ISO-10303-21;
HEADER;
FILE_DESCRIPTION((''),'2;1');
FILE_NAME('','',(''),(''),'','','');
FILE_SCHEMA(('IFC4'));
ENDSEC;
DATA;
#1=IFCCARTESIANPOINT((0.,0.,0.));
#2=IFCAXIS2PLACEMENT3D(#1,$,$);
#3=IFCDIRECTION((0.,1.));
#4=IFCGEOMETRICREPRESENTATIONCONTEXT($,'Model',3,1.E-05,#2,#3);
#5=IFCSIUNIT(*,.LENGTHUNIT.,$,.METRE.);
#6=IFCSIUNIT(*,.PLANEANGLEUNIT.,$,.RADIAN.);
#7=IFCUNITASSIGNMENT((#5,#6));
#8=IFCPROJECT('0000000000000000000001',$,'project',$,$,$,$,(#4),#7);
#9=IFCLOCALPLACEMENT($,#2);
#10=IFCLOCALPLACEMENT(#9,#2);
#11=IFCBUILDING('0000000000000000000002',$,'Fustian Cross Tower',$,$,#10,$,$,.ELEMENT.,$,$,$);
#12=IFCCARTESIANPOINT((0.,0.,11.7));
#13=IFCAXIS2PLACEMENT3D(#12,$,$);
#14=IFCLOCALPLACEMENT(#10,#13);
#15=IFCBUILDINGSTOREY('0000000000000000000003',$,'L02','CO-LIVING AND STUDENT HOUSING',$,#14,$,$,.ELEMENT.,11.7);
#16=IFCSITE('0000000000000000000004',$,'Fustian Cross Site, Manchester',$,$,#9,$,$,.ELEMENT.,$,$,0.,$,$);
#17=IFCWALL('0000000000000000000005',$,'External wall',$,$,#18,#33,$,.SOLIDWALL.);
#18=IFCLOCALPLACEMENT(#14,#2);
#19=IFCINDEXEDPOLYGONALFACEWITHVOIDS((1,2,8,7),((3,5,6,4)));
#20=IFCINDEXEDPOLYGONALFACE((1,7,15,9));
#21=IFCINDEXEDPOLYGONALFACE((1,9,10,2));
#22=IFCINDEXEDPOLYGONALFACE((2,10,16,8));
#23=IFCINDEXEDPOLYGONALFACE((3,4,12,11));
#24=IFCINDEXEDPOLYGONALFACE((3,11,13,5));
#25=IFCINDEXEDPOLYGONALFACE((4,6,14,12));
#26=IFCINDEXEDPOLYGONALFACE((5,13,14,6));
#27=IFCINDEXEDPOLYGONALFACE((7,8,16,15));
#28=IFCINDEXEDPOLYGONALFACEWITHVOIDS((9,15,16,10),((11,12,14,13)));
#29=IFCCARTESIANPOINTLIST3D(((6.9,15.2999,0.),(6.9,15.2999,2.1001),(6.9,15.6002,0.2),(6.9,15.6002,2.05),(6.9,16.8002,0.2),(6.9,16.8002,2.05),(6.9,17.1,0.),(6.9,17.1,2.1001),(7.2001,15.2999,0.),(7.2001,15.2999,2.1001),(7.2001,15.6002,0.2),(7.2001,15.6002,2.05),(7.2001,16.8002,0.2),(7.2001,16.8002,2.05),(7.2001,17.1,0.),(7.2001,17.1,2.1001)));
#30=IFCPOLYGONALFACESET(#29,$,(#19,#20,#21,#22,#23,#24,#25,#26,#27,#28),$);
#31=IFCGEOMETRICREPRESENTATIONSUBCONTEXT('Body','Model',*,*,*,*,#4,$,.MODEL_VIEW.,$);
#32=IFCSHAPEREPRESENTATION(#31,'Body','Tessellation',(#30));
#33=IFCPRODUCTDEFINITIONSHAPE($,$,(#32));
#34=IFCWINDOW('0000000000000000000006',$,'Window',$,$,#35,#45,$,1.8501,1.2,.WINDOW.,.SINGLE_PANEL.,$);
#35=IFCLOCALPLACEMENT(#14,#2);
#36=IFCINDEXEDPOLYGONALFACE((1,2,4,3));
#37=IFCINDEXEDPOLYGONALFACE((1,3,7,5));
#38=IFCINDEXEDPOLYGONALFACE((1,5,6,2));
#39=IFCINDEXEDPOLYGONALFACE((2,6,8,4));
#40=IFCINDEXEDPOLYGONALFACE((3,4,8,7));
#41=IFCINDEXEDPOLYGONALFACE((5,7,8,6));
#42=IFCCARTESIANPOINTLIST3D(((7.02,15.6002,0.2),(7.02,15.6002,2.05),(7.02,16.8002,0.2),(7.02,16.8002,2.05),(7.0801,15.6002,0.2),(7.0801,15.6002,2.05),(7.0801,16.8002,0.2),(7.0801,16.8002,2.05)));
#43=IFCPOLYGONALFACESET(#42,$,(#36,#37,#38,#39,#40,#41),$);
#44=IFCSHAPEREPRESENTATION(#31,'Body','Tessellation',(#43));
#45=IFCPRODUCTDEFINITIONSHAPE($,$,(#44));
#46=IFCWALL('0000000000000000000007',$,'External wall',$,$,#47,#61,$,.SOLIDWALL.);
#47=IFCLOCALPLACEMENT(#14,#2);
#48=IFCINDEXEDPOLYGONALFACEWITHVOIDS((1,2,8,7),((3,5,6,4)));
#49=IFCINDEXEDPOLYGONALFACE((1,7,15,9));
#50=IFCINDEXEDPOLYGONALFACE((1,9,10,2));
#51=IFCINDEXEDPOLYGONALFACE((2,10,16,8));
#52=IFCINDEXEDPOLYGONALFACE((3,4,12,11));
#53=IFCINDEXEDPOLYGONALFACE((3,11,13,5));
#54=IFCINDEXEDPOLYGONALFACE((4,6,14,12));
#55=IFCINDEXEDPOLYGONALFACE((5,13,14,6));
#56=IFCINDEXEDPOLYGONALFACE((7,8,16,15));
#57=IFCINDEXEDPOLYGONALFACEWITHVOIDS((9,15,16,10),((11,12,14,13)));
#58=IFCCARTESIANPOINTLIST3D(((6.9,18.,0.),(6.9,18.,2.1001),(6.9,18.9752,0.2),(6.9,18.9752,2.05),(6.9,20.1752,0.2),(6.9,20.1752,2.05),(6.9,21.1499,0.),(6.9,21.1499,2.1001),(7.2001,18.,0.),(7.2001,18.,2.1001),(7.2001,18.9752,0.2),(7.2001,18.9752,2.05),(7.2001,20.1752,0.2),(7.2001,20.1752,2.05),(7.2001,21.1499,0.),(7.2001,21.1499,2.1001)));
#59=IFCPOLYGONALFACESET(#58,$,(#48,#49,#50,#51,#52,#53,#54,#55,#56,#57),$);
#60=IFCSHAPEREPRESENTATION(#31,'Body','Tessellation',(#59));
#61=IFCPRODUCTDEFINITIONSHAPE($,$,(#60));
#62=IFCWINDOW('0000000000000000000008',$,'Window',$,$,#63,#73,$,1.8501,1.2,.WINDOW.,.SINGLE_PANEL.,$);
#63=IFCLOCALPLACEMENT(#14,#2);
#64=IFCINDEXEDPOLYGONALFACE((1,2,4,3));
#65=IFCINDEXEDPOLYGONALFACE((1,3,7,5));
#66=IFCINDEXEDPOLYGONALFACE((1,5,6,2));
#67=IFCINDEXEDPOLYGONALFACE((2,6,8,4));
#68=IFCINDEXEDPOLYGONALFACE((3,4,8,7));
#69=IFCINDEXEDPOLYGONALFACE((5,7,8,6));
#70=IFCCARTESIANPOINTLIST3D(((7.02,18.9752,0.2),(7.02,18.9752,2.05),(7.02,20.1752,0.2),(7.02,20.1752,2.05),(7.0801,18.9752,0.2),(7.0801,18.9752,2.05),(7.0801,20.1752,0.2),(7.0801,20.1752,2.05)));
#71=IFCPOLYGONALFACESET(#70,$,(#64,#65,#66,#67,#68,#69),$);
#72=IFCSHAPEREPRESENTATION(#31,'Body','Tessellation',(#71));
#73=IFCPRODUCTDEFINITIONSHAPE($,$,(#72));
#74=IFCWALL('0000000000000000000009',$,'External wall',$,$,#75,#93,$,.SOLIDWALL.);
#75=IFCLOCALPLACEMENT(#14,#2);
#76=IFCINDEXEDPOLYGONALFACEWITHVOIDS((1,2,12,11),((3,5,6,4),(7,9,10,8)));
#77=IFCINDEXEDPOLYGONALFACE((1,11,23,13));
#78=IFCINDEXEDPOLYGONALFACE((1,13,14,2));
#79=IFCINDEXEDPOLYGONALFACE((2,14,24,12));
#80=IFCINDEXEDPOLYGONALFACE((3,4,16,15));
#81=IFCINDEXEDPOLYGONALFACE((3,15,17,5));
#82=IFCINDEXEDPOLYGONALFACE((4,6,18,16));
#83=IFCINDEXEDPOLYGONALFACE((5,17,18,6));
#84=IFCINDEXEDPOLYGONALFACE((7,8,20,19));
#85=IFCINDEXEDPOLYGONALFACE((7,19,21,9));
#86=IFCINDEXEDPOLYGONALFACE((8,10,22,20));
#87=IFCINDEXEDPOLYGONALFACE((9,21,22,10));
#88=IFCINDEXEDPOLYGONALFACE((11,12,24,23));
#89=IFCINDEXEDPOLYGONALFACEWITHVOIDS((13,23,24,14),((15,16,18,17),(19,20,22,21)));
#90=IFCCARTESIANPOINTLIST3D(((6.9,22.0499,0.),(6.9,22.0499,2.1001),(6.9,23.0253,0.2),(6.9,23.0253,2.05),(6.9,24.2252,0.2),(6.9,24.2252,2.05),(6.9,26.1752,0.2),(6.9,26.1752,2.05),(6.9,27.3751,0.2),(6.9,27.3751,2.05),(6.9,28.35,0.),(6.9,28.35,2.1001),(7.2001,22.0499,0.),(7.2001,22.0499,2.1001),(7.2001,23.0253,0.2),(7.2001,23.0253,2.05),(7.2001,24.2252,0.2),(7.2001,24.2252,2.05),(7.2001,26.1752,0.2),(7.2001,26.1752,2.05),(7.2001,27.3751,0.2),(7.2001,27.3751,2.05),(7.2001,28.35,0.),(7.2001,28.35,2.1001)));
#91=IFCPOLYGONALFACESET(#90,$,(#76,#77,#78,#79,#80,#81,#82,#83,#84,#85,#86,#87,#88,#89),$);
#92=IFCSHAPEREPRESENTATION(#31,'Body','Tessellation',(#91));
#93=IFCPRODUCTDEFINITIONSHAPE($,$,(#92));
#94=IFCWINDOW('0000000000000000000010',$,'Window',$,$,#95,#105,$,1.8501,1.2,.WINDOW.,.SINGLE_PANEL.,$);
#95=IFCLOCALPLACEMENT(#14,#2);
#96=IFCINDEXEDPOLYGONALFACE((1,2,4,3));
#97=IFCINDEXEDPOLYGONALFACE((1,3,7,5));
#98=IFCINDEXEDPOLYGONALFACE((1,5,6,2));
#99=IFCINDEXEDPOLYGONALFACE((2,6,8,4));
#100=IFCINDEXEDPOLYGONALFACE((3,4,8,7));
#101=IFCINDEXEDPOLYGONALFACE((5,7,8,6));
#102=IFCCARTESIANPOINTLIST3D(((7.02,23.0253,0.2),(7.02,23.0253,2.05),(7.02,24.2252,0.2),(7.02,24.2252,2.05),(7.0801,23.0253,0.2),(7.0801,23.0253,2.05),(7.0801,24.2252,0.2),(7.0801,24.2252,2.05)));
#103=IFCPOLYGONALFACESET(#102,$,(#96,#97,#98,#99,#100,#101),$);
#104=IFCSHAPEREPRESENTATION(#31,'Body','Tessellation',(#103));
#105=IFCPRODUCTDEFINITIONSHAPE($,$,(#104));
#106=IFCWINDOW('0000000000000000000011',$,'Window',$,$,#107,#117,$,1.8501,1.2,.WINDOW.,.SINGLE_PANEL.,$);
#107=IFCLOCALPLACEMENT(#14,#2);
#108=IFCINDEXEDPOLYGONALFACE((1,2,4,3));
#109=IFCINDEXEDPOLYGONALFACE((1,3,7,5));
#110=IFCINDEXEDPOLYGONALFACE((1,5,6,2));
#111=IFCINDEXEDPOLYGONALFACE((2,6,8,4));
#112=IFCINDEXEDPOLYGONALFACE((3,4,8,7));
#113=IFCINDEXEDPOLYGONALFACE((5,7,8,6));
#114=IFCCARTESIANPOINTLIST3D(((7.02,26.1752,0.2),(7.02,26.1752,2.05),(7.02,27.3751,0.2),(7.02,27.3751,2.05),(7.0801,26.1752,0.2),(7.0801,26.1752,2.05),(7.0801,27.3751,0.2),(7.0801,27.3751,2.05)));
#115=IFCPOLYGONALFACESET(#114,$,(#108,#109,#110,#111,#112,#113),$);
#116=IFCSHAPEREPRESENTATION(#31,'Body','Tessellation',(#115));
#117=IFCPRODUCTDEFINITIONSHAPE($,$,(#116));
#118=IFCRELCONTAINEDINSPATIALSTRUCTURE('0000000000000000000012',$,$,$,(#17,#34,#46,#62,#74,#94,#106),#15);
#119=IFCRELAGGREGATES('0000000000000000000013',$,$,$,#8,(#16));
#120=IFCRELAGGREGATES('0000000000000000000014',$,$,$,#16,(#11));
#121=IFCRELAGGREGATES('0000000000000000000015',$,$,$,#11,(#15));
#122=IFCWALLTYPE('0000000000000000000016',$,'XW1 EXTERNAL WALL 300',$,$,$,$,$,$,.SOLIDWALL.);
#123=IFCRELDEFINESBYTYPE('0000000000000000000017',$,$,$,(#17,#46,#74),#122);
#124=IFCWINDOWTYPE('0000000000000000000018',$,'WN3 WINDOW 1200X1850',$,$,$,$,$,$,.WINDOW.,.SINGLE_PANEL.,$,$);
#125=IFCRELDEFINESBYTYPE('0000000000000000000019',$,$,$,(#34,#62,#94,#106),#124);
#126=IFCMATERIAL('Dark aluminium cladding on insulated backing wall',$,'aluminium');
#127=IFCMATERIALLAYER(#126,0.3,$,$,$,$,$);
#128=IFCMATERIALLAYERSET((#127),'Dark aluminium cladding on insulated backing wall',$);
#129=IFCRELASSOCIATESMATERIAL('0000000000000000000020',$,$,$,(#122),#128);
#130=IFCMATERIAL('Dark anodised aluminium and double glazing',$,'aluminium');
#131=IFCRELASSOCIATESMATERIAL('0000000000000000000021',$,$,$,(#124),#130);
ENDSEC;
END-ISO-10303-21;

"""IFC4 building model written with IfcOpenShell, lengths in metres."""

from ifc_helpers import new_model, si_unit, direction, frame, frame_2d, origin, place, context, subcontext, project, spatial, rectangle, extrude, material, layer, layer_set, type_object, element, fill, save


model = new_model("IFC4")

# Units and contexts
model_context = context("Model", 3, precision=1e-05, world=origin(), true_north=direction((0.0, 1.0)))
body_context = subcontext(model_context, "Body", "Model", "MODEL_VIEW")
ifc_project = project(units=[si_unit("LENGTHUNIT", "METRE"), si_unit("PLANEANGLEUNIT", "RADIAN")], contexts=[model_context])

# Site, building, storey
site_placement = place(None, origin())
site = spatial("IfcSite", under=ifc_project, at=site_placement, Name="Fustian Cross Site, Manchester", CompositionType="ELEMENT", RefElevation=0.0)
building_placement = place(site_placement, origin())
building = spatial("IfcBuilding", under=site, at=building_placement, Name="Fustian Cross Tower", CompositionType="ELEMENT")
storey_placement = place(building_placement, frame((0.0, 0.0, 11.7)))
storey = spatial("IfcBuildingStorey", under=building, at=storey_placement, Name="L02", Description="CO-LIVING AND STUDENT HOUSING", CompositionType="ELEMENT", Elevation=11.7)

# Walls, openings, windows
ifc_material_1 = material(Name="Dark aluminium cladding on insulated backing wall", Category="aluminium")
ifc_layer_1 = layer(ifc_material_1, 0.3)
ifc_layer_set_1 = layer_set([ifc_layer_1], Name="Dark aluminium cladding on insulated backing wall")
wall_type_1 = type_object("IfcWallType", Name="XW1 EXTERNAL WALL 300", PredefinedType="SOLIDWALL", material=ifc_layer_set_1)
wall_1_placement = place(storey_placement, frame((7.05, 15.3, 0.0), z_axis=(0.0, 0.0, 1.0), x_axis=(0.0, 1.0, 0.0)))
wall_1 = element("IfcWall", 1, at=wall_1_placement, inside=storey, type_object=wall_type_1, Name="External wall", PredefinedType="SOLIDWALL", context=body_context, shape_type="SweptSolid", body=[
    extrude(rectangle(XDim=1.8, YDim=0.3, at=frame_2d((0.8999, 0.0))), origin(), (0.0, 0.0, 1.0), 2.1001),
])
opening_1_placement = place(wall_1_placement, frame((0.3, 0.0, 0.2)))
opening_1 = element("IfcOpeningElement", 2, at=opening_1_placement, cuts=wall_1, PredefinedType="OPENING", context=body_context, shape_type="SweptSolid", body=[
    extrude(rectangle(XDim=1.2, YDim=1.8501, at=frame_2d((0.6001, 0.925))), frame((0.0, 0.1599, 0.0), z_axis=(0.0, -1.0, 0.0), x_axis=(1.0, 0.0, 0.0)), (0.0, 0.0, 1.0), 0.3201),
])
ifc_material_2 = material(Name="Dark anodised aluminium and double glazing", Category="aluminium")
window_type = type_object("IfcWindowType", Name="WN3 WINDOW 1200X1850", PartitioningType="SINGLE_PANEL", PredefinedType="WINDOW", material=ifc_material_2)
window_1_placement = place(opening_1_placement, origin())
window_1 = element("IfcWindow", 3, at=window_1_placement, inside=storey, type_object=window_type, Name="Window", OverallHeight=1.8501, OverallWidth=1.2, PartitioningType="SINGLE_PANEL", PredefinedType="WINDOW", context=body_context, shape_type="SweptSolid", body=[
    extrude(rectangle(XDim=1.2, YDim=1.8501, at=frame_2d((0.6001, 0.925))), frame((0.0, 0.03, 0.0), z_axis=(0.0, -1.0, 0.0), x_axis=(1.0, 0.0, 0.0)), (0.0, 0.0, 1.0), 0.0601),
])
fill(opening_1, window_1)
wall_2_placement = place(storey_placement, frame((7.05, 18.0, 0.0), z_axis=(0.0, 0.0, 1.0), x_axis=(0.0, 1.0, 0.0)))
wall_2 = element("IfcWall", 4, at=wall_2_placement, inside=storey, type_object=wall_type_1, Name="External wall", PredefinedType="SOLIDWALL", context=body_context, shape_type="SweptSolid", body=[
    extrude(rectangle(XDim=3.1499, YDim=0.3, at=frame_2d((1.575, 0.0))), origin(), (0.0, 0.0, 1.0), 2.1001),
])
opening_2_placement = place(wall_2_placement, frame((0.9751, 0.0, 0.2)))
opening_2 = element("IfcOpeningElement", 5, at=opening_2_placement, cuts=wall_2, PredefinedType="OPENING", context=body_context, shape_type="SweptSolid", body=[
    extrude(rectangle(XDim=1.2, YDim=1.8501, at=frame_2d((0.6001, 0.925))), frame((0.0, 0.1599, 0.0), z_axis=(0.0, -1.0, 0.0), x_axis=(1.0, 0.0, 0.0)), (0.0, 0.0, 1.0), 0.3201),
])
window_2_placement = place(opening_2_placement, origin())
window_2 = element("IfcWindow", 6, at=window_2_placement, inside=storey, type_object=window_type, Name="Window", OverallHeight=1.8501, OverallWidth=1.2, PartitioningType="SINGLE_PANEL", PredefinedType="WINDOW", context=body_context, shape_type="SweptSolid", body=[
    extrude(rectangle(XDim=1.2, YDim=1.8501, at=frame_2d((0.6001, 0.925))), frame((0.0, 0.03, 0.0), z_axis=(0.0, -1.0, 0.0), x_axis=(1.0, 0.0, 0.0)), (0.0, 0.0, 1.0), 0.0601),
])
fill(opening_2, window_2)

# Wall, openings, windows
wall_3_placement = place(storey_placement, frame((7.05, 22.05, 0.0), z_axis=(0.0, 0.0, 1.0), x_axis=(0.0, 1.0, 0.0)))
wall_3 = element("IfcWall", 7, at=wall_3_placement, inside=storey, type_object=wall_type_1, Name="External wall", PredefinedType="SOLIDWALL", context=body_context, shape_type="SweptSolid", body=[
    extrude(rectangle(XDim=6.3, YDim=0.3, at=frame_2d((3.1499, 0.0))), origin(), (0.0, 0.0, 1.0), 2.1001),
])
opening_3_placement = place(wall_3_placement, frame((0.9751, 0.0, 0.2)))
opening_3 = element("IfcOpeningElement", 8, at=opening_3_placement, cuts=wall_3, PredefinedType="OPENING", context=body_context, shape_type="SweptSolid", body=[
    extrude(rectangle(XDim=1.2, YDim=1.8501, at=frame_2d((0.6001, 0.925))), frame((0.0, 0.1599, 0.0), z_axis=(0.0, -1.0, 0.0), x_axis=(1.0, 0.0, 0.0)), (0.0, 0.0, 1.0), 0.3201),
])
opening_4_placement = place(wall_3_placement, frame((4.125, 0.0, 0.2)))
opening_4 = element("IfcOpeningElement", 9, at=opening_4_placement, cuts=wall_3, PredefinedType="OPENING", context=body_context, shape_type="SweptSolid", body=[
    extrude(rectangle(XDim=1.2, YDim=1.8501, at=frame_2d((0.6001, 0.925))), frame((0.0, 0.1599, 0.0), z_axis=(0.0, -1.0, 0.0), x_axis=(1.0, 0.0, 0.0)), (0.0, 0.0, 1.0), 0.3201),
])
window_3_placement = place(opening_3_placement, origin())
window_3 = element("IfcWindow", 10, at=window_3_placement, inside=storey, type_object=window_type, Name="Window", OverallHeight=1.8501, OverallWidth=1.2, PartitioningType="SINGLE_PANEL", PredefinedType="WINDOW", context=body_context, shape_type="SweptSolid", body=[
    extrude(rectangle(XDim=1.2, YDim=1.8501, at=frame_2d((0.6001, 0.925))), frame((0.0, 0.03, 0.0), z_axis=(0.0, -1.0, 0.0), x_axis=(1.0, 0.0, 0.0)), (0.0, 0.0, 1.0), 0.0601),
])
fill(opening_3, window_3)
window_4_placement = place(opening_4_placement, origin())
window_4 = element("IfcWindow", 11, at=window_4_placement, inside=storey, type_object=window_type, Name="Window", OverallHeight=1.8501, OverallWidth=1.2, PartitioningType="SINGLE_PANEL", PredefinedType="WINDOW", context=body_context, shape_type="SweptSolid", body=[
    extrude(rectangle(XDim=1.2, YDim=1.8501, at=frame_2d((0.6001, 0.925))), frame((0.0, 0.03, 0.0), z_axis=(0.0, -1.0, 0.0), x_axis=(1.0, 0.0, 0.0)), (0.0, 0.0, 1.0), 0.0601),
])
fill(opening_4, window_4)

save(model, "model.ifc")
